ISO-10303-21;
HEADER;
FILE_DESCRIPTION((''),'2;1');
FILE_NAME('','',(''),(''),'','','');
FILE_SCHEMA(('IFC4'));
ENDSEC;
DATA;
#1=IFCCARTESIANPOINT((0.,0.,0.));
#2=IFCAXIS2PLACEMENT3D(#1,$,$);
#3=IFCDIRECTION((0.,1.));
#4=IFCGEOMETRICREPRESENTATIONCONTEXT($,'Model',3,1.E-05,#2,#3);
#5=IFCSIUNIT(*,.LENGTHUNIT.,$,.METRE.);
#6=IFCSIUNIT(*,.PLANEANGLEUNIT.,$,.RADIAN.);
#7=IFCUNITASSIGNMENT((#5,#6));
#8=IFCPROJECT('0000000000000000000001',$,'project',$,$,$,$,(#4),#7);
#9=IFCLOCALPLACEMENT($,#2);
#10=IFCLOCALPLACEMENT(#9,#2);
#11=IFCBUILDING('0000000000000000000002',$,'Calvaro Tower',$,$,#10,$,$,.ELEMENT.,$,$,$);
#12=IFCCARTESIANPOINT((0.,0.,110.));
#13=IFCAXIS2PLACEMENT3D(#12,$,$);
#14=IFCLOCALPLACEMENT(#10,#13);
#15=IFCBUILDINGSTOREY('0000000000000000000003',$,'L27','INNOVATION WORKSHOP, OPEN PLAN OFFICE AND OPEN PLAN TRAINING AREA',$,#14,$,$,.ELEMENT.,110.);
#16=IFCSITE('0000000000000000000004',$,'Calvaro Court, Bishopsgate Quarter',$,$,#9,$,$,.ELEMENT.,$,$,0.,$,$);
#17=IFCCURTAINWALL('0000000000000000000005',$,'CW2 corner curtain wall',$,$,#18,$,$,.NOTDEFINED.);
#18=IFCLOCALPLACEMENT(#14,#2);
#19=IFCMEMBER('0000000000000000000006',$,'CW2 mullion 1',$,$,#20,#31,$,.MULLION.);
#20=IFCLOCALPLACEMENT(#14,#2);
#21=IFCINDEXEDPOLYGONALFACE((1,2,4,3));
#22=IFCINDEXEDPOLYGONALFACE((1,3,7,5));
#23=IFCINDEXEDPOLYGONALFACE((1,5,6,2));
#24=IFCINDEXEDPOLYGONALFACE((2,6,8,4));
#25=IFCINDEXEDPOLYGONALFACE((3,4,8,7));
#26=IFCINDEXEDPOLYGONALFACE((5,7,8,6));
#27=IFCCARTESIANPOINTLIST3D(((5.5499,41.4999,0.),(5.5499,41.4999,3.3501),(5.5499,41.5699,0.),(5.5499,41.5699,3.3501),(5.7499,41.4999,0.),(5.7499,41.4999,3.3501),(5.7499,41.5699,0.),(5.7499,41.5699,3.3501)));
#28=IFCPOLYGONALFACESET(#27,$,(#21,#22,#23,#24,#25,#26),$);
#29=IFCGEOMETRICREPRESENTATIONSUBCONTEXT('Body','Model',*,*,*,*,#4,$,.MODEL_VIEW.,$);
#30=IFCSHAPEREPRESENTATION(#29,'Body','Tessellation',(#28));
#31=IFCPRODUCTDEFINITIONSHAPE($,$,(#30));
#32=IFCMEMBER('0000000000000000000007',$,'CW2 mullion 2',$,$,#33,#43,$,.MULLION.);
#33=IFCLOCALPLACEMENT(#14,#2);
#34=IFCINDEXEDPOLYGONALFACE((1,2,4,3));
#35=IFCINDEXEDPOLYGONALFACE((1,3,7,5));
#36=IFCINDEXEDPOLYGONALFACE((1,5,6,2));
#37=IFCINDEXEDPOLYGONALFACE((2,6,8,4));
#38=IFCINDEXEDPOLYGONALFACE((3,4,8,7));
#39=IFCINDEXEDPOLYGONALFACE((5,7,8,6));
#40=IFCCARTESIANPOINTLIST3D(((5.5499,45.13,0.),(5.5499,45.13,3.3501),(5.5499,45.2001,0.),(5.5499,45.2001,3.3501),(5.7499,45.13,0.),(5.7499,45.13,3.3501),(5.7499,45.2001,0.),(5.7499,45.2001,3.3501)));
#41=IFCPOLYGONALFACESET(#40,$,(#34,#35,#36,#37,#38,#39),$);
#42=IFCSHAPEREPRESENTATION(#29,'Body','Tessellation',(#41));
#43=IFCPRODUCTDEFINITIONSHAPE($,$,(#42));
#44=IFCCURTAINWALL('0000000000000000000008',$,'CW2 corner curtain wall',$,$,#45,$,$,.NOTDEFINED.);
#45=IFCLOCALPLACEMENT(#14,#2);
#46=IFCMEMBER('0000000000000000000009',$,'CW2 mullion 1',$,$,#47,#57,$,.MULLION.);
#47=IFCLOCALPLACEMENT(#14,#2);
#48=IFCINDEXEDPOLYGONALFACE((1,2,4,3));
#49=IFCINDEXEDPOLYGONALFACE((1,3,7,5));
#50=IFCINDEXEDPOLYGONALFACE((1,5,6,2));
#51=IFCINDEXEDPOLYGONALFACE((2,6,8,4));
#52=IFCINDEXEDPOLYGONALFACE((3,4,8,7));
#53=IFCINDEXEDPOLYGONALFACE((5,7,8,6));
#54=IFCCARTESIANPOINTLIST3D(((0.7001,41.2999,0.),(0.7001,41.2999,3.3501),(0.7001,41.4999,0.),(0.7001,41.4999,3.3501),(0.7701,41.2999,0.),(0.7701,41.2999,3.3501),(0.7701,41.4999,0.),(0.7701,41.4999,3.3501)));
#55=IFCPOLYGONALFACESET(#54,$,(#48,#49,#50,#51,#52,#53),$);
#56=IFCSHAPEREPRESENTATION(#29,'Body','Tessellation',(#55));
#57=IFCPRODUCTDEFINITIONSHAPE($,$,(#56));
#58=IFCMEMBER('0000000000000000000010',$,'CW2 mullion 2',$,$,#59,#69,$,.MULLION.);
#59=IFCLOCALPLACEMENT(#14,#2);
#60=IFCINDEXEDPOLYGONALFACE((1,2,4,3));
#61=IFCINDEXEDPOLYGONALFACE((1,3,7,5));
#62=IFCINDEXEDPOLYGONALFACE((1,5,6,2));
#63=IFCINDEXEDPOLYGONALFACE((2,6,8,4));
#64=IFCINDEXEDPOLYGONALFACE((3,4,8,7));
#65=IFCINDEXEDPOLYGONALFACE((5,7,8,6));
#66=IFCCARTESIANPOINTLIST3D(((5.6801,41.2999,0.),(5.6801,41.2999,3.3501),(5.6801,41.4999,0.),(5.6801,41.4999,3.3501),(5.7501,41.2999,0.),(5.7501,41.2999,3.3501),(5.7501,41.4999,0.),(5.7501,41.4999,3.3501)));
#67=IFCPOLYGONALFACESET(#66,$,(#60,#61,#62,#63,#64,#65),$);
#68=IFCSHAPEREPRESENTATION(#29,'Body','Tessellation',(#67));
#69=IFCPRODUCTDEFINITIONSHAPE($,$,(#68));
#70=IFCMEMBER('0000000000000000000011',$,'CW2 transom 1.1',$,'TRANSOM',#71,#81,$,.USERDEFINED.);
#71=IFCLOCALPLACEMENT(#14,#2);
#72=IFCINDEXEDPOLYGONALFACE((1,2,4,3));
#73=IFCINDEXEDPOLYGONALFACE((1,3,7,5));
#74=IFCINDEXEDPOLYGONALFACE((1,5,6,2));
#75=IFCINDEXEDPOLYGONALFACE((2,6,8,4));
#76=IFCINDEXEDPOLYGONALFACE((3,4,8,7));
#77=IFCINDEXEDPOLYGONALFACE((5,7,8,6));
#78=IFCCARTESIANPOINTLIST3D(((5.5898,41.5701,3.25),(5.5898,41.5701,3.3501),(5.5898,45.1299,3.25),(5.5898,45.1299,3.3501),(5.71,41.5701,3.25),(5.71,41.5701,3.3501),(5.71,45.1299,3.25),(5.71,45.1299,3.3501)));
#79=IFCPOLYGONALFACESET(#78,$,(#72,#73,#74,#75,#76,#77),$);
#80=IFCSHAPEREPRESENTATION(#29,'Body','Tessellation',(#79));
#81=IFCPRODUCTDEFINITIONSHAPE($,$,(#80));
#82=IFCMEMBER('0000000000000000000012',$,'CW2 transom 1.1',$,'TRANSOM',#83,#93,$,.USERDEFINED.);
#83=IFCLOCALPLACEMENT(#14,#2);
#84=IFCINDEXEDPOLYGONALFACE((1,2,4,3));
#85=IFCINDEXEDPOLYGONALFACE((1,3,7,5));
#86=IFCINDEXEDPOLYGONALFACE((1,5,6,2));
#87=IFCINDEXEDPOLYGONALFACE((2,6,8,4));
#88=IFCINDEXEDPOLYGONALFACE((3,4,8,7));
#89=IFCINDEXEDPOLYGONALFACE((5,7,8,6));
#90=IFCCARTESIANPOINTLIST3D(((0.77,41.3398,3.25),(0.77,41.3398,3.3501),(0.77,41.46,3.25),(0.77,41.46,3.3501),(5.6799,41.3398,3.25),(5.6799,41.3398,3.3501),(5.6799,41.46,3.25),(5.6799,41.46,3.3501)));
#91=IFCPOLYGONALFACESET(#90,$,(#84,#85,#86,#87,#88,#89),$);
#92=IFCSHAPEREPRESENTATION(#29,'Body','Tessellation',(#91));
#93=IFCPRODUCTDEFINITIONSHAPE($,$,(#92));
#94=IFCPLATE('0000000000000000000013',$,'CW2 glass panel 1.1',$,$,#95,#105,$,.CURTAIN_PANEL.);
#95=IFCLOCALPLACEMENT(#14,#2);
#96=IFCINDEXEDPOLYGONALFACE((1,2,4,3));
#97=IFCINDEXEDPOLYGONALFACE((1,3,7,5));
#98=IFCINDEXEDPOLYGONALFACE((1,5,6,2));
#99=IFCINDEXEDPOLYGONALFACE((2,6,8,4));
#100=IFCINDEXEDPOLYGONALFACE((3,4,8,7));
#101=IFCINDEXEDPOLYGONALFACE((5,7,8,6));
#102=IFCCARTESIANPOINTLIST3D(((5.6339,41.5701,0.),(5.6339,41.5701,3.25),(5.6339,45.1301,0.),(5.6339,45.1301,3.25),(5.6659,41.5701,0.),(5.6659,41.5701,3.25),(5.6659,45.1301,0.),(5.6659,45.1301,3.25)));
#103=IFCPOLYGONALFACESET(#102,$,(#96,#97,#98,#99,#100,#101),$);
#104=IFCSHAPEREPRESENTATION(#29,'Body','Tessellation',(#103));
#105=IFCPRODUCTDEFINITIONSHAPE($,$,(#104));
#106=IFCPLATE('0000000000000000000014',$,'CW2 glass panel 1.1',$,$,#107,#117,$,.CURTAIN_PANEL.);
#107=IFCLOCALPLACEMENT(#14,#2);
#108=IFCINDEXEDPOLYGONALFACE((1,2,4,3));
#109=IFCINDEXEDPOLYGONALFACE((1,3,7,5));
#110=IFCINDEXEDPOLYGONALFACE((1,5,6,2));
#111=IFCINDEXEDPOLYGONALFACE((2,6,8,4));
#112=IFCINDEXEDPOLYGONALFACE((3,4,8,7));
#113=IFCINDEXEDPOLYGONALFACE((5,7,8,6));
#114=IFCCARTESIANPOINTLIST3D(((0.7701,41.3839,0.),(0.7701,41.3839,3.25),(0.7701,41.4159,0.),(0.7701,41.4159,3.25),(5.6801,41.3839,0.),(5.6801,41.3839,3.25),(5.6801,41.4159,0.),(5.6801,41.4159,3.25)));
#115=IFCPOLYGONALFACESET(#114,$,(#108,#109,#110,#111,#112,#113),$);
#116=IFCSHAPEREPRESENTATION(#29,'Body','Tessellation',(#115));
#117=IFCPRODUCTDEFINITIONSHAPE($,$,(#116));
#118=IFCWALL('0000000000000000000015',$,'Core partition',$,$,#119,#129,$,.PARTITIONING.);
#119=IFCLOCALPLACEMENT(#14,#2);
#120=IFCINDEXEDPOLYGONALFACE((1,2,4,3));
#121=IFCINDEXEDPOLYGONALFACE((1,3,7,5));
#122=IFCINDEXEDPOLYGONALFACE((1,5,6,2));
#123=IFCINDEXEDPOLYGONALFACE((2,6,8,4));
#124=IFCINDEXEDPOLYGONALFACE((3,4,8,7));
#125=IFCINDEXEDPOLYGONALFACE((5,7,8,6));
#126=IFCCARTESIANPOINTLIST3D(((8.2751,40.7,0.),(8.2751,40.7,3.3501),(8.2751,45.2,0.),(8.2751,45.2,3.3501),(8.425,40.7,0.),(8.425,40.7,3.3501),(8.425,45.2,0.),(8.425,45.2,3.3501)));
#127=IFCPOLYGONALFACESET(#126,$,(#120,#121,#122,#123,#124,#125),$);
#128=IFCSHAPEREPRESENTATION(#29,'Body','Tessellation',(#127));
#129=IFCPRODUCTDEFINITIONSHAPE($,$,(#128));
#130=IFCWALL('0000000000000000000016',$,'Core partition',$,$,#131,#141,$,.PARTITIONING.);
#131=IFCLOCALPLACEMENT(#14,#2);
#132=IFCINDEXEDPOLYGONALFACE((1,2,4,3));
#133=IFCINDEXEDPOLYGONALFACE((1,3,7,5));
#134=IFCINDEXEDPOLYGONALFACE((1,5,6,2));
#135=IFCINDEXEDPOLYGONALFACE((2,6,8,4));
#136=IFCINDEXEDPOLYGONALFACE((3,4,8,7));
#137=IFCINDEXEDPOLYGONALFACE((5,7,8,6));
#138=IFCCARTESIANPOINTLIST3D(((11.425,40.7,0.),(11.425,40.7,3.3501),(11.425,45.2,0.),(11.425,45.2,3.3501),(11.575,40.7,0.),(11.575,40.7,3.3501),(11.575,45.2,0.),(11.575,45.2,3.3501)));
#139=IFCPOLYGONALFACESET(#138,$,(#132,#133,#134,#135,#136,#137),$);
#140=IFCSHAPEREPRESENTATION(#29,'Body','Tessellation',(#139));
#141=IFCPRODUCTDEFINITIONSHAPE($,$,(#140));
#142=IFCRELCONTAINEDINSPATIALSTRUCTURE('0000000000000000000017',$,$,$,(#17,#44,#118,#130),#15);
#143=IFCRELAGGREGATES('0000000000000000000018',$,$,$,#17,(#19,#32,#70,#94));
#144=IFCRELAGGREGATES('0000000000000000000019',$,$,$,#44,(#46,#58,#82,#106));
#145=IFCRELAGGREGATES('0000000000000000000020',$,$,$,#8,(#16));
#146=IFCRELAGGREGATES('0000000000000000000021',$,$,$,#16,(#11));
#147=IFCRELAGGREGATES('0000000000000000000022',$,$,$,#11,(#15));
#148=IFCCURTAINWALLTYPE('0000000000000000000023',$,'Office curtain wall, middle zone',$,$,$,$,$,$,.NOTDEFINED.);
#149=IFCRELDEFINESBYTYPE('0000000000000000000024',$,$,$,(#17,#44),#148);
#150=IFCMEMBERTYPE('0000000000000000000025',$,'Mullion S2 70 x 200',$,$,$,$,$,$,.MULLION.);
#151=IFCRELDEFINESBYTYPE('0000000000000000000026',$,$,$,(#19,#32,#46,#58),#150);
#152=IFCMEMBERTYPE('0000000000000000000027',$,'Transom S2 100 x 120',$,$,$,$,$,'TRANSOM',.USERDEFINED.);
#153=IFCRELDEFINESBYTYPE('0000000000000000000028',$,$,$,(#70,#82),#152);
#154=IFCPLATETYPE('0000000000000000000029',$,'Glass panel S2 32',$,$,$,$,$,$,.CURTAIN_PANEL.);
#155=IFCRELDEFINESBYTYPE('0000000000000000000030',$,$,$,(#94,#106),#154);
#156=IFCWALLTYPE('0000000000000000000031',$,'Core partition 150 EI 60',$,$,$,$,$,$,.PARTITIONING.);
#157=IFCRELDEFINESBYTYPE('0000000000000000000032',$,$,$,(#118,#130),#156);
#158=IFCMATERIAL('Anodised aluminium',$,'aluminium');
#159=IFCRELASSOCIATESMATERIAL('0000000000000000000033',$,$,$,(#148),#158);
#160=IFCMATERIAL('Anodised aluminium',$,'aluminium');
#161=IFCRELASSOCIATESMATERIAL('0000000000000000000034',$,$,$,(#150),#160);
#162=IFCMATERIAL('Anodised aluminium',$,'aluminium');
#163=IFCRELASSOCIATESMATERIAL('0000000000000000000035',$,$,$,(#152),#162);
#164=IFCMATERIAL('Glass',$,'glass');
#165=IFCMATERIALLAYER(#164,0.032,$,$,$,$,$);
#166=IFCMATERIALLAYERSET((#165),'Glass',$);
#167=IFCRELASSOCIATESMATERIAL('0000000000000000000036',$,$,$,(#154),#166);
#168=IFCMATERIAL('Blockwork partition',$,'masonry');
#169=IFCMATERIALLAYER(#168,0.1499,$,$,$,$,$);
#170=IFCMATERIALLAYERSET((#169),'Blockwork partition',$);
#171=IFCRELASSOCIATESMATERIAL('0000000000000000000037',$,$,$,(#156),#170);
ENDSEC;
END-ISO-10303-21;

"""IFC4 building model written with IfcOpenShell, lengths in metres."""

from ifc_helpers import new_model, si_unit, direction, frame, frame_2d, origin, origin_2d, place, context, subcontext, project, spatial, rectangle, extrude, material, layer, layer_set, material_profile, profile_set, type_object, element, aggregate, save


model = new_model("IFC4")

# Units and contexts
model_context = context("Model", 3, precision=1e-05, world=origin(), true_north=direction((0.0, 1.0)))
body_context = subcontext(model_context, "Body", "Model", "MODEL_VIEW")
ifc_project = project(units=[si_unit("LENGTHUNIT", "METRE"), si_unit("PLANEANGLEUNIT", "RADIAN")], contexts=[model_context])

# Site, building, storey
site_placement = place(None, origin())
site = spatial("IfcSite", under=ifc_project, at=site_placement, Name="Calvaro Court, Bishopsgate Quarter", CompositionType="ELEMENT", RefElevation=0.0)
building_placement = place(site_placement, origin())
building = spatial("IfcBuilding", under=site, at=building_placement, Name="Calvaro Tower", CompositionType="ELEMENT")
storey_placement = place(building_placement, frame((0.0, 0.0, 110.0)))
storey = spatial("IfcBuildingStorey", under=building, at=storey_placement, Name="L27", Description="INNOVATION WORKSHOP, OPEN PLAN OFFICE AND OPEN PLAN TRAINING AREA", CompositionType="ELEMENT", Elevation=110.0)

# Curtain walls, members
ifc_material_1 = material(Name="Anodised aluminium", Category="aluminium")
curtain_wall_type = type_object("IfcCurtainWallType", Name="Office curtain wall, middle zone", PredefinedType="NOTDEFINED", material=ifc_material_1)
curtain_wall_1_placement = place(storey_placement, origin())
curtain_wall_1 = element("IfcCurtainWall", 1, at=curtain_wall_1_placement, inside=storey, type_object=curtain_wall_type, Name="CW2 corner curtain wall", PredefinedType="NOTDEFINED")
ifc_material_2 = material(Name="Anodised aluminium", Category="aluminium")
ifc_material_profile_1 = material_profile(ifc_material_2, rectangle(XDim=0.2, YDim=0.0701, at=origin_2d()), Name="Mullion S2 70 x 200")
ifc_profile_set_1 = profile_set([ifc_material_profile_1], Name="Anodised aluminium")
member_type_1 = type_object("IfcMemberType", Name="Mullion S2 70 x 200", PredefinedType="MULLION", material=ifc_profile_set_1)
member_1_placement = place(storey_placement, frame((5.6499, 41.5349, 0.0), z_axis=(0.0, 0.0, 1.0), x_axis=(-1.0, 0.0, 0.0)))
member_1 = element("IfcMember", 2, at=member_1_placement, type_object=member_type_1, Name="CW2 mullion 1", PredefinedType="MULLION", context=body_context, shape_type="SweptSolid", body=[
    extrude(rectangle(XDim=0.2, YDim=0.0701, at=origin_2d()), origin(), (0.0, 0.0, 1.0), 3.3501),
])
member_2_placement = place(storey_placement, frame((5.6499, 45.165, 0.0), z_axis=(0.0, 0.0, 1.0), x_axis=(-1.0, 0.0, 0.0)))
member_2 = element("IfcMember", 3, at=member_2_placement, type_object=member_type_1, Name="CW2 mullion 2", PredefinedType="MULLION", context=body_context, shape_type="SweptSolid", body=[
    extrude(rectangle(XDim=0.2, YDim=0.0701, at=origin_2d()), origin(), (0.0, 0.0, 1.0), 3.3501),
])
curtain_wall_2_placement = place(storey_placement, origin())
curtain_wall_2 = element("IfcCurtainWall", 4, at=curtain_wall_2_placement, inside=storey, type_object=curtain_wall_type, Name="CW2 corner curtain wall", PredefinedType="NOTDEFINED")
member_3_placement = place(storey_placement, frame((0.7351, 41.3999, 0.0), z_axis=(0.0, 0.0, 1.0), x_axis=(0.0, 1.0, 0.0)))
member_3 = element("IfcMember", 5, at=member_3_placement, type_object=member_type_1, Name="CW2 mullion 1", PredefinedType="MULLION", context=body_context, shape_type="SweptSolid", body=[
    extrude(rectangle(XDim=0.2, YDim=0.0701, at=origin_2d()), origin(), (0.0, 0.0, 1.0), 3.3501),
])
member_4_placement = place(storey_placement, frame((5.7151, 41.3999, 0.0), z_axis=(0.0, 0.0, 1.0), x_axis=(0.0, 1.0, 0.0)))
member_4 = element("IfcMember", 6, at=member_4_placement, type_object=member_type_1, Name="CW2 mullion 2", PredefinedType="MULLION", context=body_context, shape_type="SweptSolid", body=[
    extrude(rectangle(XDim=0.2, YDim=0.0701, at=origin_2d()), origin(), (0.0, 0.0, 1.0), 3.3501),
])

# Members
ifc_material_3 = material(Name="Anodised aluminium", Category="aluminium")
ifc_material_profile_2 = material_profile(ifc_material_3, rectangle(XDim=0.1201, YDim=0.1001, at=origin_2d()), Name="Transom S2 100 x 120")
ifc_profile_set_2 = profile_set([ifc_material_profile_2], Name="Anodised aluminium")
member_type_2 = type_object("IfcMemberType", Name="Transom S2 100 x 120", ElementType="TRANSOM", PredefinedType="USERDEFINED", material=ifc_profile_set_2)
member_5_placement = place(storey_placement, frame((5.6499, 41.5701, 3.3), z_axis=(0.0, 1.0, 0.0), x_axis=(-1.0, 0.0, 0.0)))
member_5 = element("IfcMember", 7, at=member_5_placement, type_object=member_type_2, Name="CW2 transom 1.1", ObjectType="TRANSOM", PredefinedType="USERDEFINED", context=body_context, shape_type="SweptSolid", body=[
    extrude(rectangle(XDim=0.1201, YDim=0.1001, at=origin_2d()), origin(), (0.0, 0.0, 1.0), 3.5598),
])
member_6_placement = place(storey_placement, frame((0.77, 41.3999, 3.3), z_axis=(1.0, 0.0, 0.0), x_axis=(0.0, 1.0, 0.0)))
member_6 = element("IfcMember", 8, at=member_6_placement, type_object=member_type_2, Name="CW2 transom 1.1", ObjectType="TRANSOM", PredefinedType="USERDEFINED", context=body_context, shape_type="SweptSolid", body=[
    extrude(rectangle(XDim=0.1201, YDim=0.1001, at=origin_2d()), origin(), (0.0, 0.0, 1.0), 4.9099),
])

# Plates
ifc_material_4 = material(Name="Glass", Category="glass")
ifc_layer_1 = layer(ifc_material_4, 0.032)
ifc_layer_set_1 = layer_set([ifc_layer_1], Name="Glass")
plate_type = type_object("IfcPlateType", Name="Glass panel S2 32", PredefinedType="CURTAIN_PANEL", material=ifc_layer_set_1)
plate_1_placement = place(storey_placement, frame((5.6499, 43.3501, 0.0), z_axis=(0.0, 0.0, 1.0), x_axis=(0.0, 1.0, 0.0)))
plate_1 = element("IfcPlate", 9, at=plate_1_placement, type_object=plate_type, Name="CW2 glass panel 1.1", PredefinedType="CURTAIN_PANEL", context=body_context, shape_type="SweptSolid", body=[
    extrude(rectangle(XDim=3.5601, YDim=0.032, at=origin_2d()), origin(), (0.0, 0.0, 1.0), 3.25),
])
aggregate(curtain_wall_1, [member_1, member_2, member_5, plate_1])
plate_2_placement = place(storey_placement, frame((3.2251, 41.3999, 0.0), z_axis=(0.0, 0.0, 1.0), x_axis=(1.0, 0.0, 0.0)))
plate_2 = element("IfcPlate", 10, at=plate_2_placement, type_object=plate_type, Name="CW2 glass panel 1.1", PredefinedType="CURTAIN_PANEL", context=body_context, shape_type="SweptSolid", body=[
    extrude(rectangle(XDim=4.9099, YDim=0.032, at=origin_2d()), origin(), (0.0, 0.0, 1.0), 3.25),
])
aggregate(curtain_wall_2, [member_3, member_4, member_6, plate_2])

# Walls
ifc_material_5 = material(Name="Blockwork partition", Category="masonry")
ifc_layer_2 = layer(ifc_material_5, 0.1499)
ifc_layer_set_2 = layer_set([ifc_layer_2], Name="Blockwork partition")
wall_type_1 = type_object("IfcWallType", Name="Core partition 150 EI 60", PredefinedType="PARTITIONING", material=ifc_layer_set_2)
for number, where, z_axis, x_axis, name in (
    (11, (8.3501, 40.7, 0.0), (0.0, 0.0, 1.0), (0.0, 1.0, 0.0), "Core partition"),
    (12, (11.5, 40.7, 0.0), (0.0, 0.0, 1.0), (0.0, 1.0, 0.0), "Core partition"),
):
    element("IfcWall", number, at=place(storey_placement, frame(where, z_axis=z_axis, x_axis=x_axis)), inside=storey, type_object=wall_type_1, Name=name, PredefinedType="PARTITIONING", context=body_context, shape_type="SweptSolid", body=[
        extrude(rectangle(XDim=4.5, YDim=0.1499, at=frame_2d((2.25, 0.0))), origin(), (0.0, 0.0, 1.0), 3.3501),
    ])

save(model, "model.ifc")
